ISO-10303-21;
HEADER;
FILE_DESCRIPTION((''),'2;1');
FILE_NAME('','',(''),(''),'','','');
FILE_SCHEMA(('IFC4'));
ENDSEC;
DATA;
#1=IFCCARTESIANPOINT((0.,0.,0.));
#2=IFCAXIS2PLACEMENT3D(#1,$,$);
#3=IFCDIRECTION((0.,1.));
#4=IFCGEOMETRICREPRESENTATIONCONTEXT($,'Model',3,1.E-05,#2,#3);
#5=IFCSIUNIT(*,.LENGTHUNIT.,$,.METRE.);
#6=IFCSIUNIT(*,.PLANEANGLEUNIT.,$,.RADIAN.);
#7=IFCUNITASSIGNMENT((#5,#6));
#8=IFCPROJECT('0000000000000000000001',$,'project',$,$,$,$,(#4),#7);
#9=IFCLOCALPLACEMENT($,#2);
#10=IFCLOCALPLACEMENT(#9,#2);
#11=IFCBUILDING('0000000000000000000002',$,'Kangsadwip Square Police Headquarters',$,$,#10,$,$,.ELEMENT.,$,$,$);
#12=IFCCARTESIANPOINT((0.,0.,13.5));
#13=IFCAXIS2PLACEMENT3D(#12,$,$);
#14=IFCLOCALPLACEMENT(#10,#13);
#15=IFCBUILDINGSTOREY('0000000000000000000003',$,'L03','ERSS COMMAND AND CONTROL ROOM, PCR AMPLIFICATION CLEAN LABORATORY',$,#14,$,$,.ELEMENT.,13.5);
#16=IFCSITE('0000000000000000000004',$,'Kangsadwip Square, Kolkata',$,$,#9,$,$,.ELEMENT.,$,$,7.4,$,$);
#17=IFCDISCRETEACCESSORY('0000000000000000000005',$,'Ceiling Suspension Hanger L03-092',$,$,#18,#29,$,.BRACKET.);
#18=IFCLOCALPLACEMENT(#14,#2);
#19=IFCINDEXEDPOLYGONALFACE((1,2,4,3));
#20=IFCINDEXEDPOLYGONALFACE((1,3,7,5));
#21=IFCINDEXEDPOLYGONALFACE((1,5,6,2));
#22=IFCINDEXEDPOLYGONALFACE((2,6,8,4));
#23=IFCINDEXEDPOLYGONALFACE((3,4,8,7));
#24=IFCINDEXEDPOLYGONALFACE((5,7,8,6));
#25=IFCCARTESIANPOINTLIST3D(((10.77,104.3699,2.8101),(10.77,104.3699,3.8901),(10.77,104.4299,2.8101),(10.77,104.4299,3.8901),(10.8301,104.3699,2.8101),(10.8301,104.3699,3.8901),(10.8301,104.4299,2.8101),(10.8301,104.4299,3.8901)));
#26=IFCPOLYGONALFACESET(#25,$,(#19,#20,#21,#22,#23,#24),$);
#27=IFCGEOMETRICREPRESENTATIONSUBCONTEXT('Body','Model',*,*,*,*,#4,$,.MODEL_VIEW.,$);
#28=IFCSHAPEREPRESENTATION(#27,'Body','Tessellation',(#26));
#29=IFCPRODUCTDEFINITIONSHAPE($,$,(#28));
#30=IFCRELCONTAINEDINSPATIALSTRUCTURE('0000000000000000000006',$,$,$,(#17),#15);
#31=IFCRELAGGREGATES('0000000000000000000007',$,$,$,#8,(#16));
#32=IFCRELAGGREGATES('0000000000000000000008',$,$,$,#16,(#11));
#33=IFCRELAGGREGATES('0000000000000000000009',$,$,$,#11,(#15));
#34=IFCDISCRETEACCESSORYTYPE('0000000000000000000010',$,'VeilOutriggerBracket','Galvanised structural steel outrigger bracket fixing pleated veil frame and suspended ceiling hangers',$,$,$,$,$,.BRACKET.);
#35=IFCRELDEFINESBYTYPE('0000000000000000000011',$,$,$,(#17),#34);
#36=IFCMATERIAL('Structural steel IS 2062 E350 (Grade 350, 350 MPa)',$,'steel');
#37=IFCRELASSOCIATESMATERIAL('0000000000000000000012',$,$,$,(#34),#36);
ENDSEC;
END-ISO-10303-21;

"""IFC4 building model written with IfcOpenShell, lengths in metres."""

from ifc_helpers import new_model, si_unit, direction, frame, origin, origin_2d, place, context, subcontext, project, spatial, rectangle, extrude, material, type_object, element, save


model = new_model("IFC4")

# Units and contexts
model_context = context("Model", 3, precision=1e-05, world=origin(), true_north=direction((0.0, 1.0)))
body_context = subcontext(model_context, "Body", "Model", "MODEL_VIEW")
ifc_project = project(units=[si_unit("LENGTHUNIT", "METRE"), si_unit("PLANEANGLEUNIT", "RADIAN")], contexts=[model_context])

# Site, building, storey
site_placement = place(None, origin())
site = spatial("IfcSite", under=ifc_project, at=site_placement, Name="Kangsadwip Square, Kolkata", CompositionType="ELEMENT", RefElevation=7.4)
building_placement = place(site_placement, origin())
building = spatial("IfcBuilding", under=site, at=building_placement, Name="Kangsadwip Square Police Headquarters", CompositionType="ELEMENT")
storey_placement = place(building_placement, frame((0.0, 0.0, 13.5)))
storey = spatial("IfcBuildingStorey", under=building, at=storey_placement, Name="L03", Description="ERSS COMMAND AND CONTROL ROOM, PCR AMPLIFICATION CLEAN LABORATORY", CompositionType="ELEMENT", Elevation=13.5)

# Discrete accessory
ifc_material_1 = material(Name="Structural steel IS 2062 E350 (Grade 350, 350 MPa)", Category="steel")
discrete_accessory_type = type_object("IfcDiscreteAccessoryType", Name="VeilOutriggerBracket", Description="Galvanised structural steel outrigger bracket fixing pleated veil frame and suspended ceiling hangers", PredefinedType="BRACKET", material=ifc_material_1)
discrete_accessory_placement = place(storey_placement, frame((10.8, 104.3999, 2.8101), z_axis=(0.0, 0.0, 1.0), x_axis=(1.0, 0.0, 0.0)))
element("IfcDiscreteAccessory", 1, at=discrete_accessory_placement, inside=storey, type_object=discrete_accessory_type, Name="Ceiling Suspension Hanger L03-092", PredefinedType="BRACKET", context=body_context, shape_type="SweptSolid", body=[
    extrude(rectangle(XDim=0.0601, YDim=0.0601, at=origin_2d()), origin(), (0.0, 0.0, 1.0), 1.0801),
])

save(model, "model.ifc")
